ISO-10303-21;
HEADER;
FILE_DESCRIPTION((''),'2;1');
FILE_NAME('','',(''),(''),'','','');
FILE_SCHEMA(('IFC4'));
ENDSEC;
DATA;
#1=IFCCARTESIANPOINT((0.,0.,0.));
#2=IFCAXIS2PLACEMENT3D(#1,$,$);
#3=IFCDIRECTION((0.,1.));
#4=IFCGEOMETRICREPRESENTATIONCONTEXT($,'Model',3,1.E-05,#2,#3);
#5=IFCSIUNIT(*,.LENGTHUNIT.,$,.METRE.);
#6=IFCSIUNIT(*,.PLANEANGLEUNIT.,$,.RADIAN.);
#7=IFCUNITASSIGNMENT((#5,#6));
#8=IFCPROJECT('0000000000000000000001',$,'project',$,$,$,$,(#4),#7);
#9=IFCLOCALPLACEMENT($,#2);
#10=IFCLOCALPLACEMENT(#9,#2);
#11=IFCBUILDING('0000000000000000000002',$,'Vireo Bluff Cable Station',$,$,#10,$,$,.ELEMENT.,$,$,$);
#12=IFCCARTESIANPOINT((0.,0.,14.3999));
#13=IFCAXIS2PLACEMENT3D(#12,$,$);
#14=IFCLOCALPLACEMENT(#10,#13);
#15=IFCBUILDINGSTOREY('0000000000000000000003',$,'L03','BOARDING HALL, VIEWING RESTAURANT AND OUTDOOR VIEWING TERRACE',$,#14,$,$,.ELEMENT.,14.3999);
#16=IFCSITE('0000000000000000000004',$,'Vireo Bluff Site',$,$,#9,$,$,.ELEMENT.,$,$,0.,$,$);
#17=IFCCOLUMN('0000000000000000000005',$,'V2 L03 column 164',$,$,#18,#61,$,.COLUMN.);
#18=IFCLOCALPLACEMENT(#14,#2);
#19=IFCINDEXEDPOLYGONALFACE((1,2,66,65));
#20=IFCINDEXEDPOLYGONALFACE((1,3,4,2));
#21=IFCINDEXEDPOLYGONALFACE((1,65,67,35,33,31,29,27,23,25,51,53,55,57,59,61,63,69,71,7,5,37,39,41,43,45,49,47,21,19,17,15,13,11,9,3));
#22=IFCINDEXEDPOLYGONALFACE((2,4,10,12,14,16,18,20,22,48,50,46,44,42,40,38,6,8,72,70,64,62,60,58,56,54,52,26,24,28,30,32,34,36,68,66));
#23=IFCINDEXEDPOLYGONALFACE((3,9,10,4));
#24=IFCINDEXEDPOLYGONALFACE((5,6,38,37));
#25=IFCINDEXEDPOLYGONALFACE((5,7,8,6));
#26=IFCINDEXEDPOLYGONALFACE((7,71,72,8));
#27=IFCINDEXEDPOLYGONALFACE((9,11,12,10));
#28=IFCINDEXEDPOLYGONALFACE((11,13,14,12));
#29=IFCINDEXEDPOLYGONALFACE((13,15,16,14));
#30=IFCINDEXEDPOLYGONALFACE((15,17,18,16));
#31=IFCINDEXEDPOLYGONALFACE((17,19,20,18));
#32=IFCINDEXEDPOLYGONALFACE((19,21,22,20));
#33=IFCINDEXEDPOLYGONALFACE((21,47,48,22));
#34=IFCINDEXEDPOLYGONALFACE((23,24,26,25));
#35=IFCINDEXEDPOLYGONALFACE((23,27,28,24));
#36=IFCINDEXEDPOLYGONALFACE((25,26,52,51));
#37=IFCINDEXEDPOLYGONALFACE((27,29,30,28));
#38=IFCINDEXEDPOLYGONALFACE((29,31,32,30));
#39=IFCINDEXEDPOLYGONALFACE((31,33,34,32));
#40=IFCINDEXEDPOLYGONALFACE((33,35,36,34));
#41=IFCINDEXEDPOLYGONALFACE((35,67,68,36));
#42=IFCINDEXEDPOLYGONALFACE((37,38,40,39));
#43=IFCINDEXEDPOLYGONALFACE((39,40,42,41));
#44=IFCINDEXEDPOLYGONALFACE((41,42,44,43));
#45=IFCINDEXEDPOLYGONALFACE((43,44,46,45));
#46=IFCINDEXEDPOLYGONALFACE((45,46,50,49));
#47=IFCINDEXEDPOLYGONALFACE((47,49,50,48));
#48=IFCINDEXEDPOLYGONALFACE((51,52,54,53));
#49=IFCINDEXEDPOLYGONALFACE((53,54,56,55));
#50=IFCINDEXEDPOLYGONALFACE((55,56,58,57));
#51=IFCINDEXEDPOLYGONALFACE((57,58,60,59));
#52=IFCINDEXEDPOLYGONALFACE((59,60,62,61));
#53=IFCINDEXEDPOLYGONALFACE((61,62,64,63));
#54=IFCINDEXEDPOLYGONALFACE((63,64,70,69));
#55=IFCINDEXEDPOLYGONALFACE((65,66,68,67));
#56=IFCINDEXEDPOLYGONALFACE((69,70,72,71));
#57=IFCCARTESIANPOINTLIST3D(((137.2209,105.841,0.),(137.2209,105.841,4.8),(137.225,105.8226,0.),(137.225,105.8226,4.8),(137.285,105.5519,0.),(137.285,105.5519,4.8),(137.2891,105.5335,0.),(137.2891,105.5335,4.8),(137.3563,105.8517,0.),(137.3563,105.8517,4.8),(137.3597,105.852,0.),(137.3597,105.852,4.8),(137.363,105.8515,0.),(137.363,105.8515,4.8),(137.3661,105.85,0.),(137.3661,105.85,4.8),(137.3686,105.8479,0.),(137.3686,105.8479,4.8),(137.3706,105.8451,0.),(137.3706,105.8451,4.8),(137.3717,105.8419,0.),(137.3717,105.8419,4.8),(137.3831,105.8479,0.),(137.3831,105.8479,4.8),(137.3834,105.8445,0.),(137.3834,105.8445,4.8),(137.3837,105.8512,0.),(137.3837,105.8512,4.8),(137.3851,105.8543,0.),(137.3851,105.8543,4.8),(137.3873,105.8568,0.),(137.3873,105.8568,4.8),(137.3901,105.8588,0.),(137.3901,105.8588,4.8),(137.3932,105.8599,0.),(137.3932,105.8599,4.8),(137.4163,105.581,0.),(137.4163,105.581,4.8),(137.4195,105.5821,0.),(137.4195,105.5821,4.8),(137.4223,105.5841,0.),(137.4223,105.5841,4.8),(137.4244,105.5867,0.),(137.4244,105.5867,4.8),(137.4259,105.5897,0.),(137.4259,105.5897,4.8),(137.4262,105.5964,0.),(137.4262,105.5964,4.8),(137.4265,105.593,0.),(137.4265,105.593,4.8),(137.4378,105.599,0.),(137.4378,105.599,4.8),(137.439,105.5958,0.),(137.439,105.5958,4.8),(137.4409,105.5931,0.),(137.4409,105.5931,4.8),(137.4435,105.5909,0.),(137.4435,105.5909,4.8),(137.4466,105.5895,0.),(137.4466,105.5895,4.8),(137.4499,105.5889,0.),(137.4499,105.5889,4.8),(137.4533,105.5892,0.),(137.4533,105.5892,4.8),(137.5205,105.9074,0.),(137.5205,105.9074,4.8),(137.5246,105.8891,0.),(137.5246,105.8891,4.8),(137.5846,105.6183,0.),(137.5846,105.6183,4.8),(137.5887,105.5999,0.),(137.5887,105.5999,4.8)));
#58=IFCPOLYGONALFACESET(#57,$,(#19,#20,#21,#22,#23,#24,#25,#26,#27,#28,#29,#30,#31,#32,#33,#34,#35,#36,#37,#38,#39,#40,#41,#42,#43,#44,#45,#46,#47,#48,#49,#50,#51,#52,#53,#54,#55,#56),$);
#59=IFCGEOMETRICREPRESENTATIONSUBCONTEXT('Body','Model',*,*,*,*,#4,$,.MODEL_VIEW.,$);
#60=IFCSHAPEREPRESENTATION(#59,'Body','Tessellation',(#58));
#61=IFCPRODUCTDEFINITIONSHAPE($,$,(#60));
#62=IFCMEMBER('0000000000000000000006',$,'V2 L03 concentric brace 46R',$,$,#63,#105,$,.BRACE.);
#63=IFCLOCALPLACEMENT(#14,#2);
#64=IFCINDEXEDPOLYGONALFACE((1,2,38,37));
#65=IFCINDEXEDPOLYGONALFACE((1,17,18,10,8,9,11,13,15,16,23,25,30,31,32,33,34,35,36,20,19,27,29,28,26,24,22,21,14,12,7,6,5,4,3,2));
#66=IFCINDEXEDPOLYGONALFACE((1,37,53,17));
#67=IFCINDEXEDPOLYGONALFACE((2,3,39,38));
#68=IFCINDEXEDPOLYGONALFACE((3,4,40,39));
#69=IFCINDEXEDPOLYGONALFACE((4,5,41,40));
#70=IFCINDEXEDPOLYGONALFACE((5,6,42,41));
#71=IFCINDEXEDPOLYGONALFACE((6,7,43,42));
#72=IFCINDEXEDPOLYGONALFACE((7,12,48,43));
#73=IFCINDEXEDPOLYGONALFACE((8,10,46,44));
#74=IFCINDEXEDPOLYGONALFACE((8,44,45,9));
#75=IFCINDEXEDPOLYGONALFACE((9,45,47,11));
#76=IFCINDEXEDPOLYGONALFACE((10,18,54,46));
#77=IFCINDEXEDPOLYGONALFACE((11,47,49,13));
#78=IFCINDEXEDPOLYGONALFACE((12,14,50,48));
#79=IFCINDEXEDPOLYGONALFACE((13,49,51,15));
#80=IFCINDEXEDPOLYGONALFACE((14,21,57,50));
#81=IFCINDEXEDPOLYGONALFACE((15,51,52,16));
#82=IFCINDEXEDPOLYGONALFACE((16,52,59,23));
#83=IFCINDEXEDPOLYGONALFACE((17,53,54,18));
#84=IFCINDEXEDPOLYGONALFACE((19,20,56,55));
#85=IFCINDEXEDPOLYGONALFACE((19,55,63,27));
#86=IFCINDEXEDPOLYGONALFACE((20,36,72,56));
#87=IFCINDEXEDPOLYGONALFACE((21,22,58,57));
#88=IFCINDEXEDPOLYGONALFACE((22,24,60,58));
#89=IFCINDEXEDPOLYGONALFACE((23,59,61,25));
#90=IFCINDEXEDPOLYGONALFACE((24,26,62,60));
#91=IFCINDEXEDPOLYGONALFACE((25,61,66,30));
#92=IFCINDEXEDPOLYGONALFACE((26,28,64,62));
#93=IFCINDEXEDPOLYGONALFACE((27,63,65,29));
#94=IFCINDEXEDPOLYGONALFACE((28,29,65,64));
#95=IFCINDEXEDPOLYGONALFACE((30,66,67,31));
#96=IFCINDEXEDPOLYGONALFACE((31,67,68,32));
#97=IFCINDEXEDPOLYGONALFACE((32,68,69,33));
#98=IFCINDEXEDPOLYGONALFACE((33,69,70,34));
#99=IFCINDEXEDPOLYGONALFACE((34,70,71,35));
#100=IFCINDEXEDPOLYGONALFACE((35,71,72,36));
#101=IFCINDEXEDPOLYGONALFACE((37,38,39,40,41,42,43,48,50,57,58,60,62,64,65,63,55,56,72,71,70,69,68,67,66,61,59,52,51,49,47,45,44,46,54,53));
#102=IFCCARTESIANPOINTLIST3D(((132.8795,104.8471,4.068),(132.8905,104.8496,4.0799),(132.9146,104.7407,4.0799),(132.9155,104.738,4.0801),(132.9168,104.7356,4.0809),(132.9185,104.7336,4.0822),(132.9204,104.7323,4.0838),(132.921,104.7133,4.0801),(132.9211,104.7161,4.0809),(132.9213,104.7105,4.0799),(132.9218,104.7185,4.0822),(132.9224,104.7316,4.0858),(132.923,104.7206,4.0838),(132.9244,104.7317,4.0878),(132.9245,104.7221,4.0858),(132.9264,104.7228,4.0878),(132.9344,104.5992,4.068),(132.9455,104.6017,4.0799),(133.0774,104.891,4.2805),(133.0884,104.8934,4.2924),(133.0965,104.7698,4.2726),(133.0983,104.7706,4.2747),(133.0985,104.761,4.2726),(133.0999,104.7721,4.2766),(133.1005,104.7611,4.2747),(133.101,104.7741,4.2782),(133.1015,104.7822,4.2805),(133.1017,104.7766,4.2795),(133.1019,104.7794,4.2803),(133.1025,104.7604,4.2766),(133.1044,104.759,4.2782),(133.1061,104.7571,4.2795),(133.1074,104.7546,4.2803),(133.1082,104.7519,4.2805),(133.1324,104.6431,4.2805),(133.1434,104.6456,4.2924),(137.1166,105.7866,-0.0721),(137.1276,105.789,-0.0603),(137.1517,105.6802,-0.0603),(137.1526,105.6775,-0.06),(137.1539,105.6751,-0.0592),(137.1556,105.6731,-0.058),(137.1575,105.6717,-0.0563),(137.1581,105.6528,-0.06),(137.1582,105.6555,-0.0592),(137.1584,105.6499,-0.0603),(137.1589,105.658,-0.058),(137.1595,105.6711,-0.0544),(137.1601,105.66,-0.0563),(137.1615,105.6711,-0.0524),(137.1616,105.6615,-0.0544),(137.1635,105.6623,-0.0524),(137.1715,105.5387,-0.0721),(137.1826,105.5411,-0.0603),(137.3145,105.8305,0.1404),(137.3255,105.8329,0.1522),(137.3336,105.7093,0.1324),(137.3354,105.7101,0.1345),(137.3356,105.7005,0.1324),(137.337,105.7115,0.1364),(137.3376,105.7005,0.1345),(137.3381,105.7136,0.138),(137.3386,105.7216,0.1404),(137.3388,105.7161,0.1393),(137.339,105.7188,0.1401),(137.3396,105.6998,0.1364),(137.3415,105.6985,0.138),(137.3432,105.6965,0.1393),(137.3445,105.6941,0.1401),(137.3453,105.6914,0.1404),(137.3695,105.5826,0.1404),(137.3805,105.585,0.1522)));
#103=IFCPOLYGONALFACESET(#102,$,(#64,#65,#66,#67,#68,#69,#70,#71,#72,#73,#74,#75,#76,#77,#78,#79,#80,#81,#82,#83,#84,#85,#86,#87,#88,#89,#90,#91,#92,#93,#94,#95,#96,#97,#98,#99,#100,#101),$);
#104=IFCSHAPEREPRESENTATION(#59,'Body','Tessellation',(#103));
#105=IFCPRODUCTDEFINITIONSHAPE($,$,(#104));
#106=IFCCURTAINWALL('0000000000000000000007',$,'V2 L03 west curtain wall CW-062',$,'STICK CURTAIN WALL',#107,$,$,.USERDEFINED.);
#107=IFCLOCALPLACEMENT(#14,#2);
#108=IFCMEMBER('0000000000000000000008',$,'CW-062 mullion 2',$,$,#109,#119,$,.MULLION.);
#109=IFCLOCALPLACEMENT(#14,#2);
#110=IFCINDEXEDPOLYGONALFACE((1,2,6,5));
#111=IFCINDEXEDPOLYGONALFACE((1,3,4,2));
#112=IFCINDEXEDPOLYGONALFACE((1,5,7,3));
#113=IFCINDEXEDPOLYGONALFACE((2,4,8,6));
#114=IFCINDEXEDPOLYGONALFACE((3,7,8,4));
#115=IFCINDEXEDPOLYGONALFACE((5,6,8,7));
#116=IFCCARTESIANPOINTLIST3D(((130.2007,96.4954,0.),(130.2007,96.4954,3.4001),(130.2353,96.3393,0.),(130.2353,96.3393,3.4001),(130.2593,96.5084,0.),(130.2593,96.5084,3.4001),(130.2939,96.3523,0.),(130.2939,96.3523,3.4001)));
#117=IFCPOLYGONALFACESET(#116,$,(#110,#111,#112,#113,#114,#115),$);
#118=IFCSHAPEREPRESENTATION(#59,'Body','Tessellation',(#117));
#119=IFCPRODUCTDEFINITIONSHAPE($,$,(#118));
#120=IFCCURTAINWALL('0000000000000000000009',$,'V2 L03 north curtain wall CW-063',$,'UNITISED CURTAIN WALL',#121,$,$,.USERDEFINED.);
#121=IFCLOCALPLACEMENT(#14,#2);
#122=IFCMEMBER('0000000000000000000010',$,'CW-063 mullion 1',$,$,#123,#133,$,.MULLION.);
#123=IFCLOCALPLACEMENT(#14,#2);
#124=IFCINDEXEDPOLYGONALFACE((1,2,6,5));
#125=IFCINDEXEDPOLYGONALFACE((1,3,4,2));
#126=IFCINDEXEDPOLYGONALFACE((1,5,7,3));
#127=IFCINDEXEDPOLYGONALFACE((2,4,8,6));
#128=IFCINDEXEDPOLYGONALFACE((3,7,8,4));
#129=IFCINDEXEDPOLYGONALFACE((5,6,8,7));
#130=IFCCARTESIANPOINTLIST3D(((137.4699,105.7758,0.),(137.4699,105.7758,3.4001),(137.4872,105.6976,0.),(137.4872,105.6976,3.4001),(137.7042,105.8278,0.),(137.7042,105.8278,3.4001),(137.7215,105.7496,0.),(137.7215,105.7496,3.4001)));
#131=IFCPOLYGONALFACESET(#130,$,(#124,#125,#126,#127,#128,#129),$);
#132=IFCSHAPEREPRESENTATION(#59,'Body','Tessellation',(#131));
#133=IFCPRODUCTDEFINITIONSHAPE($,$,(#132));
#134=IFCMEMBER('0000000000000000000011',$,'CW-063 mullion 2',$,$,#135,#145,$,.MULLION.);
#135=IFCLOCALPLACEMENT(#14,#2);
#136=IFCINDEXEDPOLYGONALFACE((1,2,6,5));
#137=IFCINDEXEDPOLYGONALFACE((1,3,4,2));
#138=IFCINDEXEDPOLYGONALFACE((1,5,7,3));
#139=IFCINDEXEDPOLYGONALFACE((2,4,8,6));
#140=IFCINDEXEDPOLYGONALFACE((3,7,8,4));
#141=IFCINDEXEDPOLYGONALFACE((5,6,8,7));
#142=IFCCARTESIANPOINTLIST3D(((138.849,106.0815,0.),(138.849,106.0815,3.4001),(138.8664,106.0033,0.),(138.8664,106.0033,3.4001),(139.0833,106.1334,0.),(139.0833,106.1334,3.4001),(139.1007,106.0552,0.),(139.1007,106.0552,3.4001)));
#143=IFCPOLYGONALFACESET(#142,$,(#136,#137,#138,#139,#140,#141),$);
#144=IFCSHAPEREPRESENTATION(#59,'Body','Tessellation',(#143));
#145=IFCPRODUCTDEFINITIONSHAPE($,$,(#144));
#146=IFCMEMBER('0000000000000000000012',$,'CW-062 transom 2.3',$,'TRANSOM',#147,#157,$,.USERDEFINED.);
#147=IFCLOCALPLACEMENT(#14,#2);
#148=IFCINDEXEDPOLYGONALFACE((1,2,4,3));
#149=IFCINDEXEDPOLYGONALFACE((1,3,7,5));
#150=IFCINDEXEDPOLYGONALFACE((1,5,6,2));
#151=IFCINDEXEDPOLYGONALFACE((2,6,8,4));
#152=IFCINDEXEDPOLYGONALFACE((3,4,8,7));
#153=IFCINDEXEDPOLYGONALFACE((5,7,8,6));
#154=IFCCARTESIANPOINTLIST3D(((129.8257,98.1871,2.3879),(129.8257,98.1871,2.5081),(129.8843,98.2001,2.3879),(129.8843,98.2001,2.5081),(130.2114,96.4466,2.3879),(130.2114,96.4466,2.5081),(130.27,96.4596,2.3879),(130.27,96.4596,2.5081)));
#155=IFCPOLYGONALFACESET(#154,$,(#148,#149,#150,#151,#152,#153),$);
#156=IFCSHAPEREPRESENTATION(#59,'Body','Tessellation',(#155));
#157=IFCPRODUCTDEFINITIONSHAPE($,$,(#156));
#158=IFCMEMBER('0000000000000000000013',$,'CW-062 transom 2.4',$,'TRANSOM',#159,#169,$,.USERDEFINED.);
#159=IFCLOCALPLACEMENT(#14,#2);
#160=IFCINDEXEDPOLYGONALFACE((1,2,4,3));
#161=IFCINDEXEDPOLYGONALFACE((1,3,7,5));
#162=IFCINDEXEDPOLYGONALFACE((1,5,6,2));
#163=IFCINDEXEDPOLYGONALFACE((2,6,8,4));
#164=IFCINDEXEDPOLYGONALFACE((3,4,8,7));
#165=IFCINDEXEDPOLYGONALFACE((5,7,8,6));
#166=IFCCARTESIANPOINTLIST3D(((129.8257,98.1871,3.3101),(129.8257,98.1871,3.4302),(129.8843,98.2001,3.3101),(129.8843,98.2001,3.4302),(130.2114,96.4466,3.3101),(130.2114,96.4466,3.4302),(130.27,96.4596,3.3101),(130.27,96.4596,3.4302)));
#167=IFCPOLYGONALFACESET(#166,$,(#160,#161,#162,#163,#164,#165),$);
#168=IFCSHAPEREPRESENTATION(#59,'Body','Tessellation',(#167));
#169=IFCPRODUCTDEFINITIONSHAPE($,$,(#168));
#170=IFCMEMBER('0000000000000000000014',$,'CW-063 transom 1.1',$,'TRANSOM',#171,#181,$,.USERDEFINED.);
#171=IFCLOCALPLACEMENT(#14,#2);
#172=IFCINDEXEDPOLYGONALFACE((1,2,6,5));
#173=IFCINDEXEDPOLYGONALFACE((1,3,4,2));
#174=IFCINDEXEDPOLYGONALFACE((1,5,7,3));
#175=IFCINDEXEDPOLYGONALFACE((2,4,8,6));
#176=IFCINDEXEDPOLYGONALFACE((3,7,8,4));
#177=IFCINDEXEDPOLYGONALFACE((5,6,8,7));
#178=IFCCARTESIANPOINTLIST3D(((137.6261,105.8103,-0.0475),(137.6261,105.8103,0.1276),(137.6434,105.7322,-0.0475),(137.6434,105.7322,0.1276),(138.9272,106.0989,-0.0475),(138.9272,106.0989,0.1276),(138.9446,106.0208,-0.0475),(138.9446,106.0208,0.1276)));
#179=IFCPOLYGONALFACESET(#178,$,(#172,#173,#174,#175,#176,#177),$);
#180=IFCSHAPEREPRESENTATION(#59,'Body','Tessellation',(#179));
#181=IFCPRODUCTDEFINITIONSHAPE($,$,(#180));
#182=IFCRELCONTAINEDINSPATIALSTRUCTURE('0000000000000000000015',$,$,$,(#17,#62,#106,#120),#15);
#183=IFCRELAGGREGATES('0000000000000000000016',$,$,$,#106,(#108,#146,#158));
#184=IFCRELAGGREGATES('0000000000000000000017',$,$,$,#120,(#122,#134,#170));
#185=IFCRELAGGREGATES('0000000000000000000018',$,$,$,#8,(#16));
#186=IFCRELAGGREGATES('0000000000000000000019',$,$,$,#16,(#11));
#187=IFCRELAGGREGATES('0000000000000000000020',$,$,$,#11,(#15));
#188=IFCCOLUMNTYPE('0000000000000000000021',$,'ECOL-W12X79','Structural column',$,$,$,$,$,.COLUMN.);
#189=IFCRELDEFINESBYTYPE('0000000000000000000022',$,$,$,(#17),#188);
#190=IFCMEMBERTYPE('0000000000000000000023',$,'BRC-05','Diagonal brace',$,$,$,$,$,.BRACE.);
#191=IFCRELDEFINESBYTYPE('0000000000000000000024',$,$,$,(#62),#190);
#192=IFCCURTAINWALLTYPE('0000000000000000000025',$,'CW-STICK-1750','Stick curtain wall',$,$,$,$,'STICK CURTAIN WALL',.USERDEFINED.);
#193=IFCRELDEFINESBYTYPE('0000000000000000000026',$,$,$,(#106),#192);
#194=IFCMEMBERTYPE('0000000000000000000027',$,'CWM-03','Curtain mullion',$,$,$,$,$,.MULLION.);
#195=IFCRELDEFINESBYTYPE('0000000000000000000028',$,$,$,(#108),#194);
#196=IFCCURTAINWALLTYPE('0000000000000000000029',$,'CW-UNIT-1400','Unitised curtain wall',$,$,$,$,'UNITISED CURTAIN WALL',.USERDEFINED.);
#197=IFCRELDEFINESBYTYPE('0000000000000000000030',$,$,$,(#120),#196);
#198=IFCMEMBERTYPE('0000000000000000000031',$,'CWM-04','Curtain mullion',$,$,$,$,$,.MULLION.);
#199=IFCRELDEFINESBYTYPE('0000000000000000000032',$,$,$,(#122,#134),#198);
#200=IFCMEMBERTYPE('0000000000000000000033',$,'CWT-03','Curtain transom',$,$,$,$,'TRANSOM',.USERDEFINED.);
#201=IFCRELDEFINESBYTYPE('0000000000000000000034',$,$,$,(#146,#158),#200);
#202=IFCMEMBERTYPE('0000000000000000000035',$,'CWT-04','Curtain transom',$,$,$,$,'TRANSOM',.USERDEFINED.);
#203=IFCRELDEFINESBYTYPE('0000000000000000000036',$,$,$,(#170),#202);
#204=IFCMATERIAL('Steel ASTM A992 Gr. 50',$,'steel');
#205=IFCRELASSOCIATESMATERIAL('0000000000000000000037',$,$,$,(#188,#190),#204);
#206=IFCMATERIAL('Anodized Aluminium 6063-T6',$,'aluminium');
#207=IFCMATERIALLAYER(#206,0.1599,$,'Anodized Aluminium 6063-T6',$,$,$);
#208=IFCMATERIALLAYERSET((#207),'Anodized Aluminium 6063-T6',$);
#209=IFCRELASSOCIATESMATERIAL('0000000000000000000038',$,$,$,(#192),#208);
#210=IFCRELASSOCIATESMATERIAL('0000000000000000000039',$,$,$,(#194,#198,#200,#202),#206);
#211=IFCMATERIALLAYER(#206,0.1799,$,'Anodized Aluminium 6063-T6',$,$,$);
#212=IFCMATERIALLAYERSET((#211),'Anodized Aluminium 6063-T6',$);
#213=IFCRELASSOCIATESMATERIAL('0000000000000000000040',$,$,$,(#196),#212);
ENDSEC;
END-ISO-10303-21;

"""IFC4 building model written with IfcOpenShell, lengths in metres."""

from ifc_helpers import new_model, si_unit, direction, frame, origin, origin_2d, place, context, subcontext, project, spatial, rectangle, i_section, extrude, material, layer, layer_set, material_profile, profile_set, type_object, element, aggregate, save


model = new_model("IFC4")

# Units and contexts
model_context = context("Model", 3, precision=1e-05, world=origin(), true_north=direction((0.0, 1.0)))
body_context = subcontext(model_context, "Body", "Model", "MODEL_VIEW")
ifc_project = project(units=[si_unit("LENGTHUNIT", "METRE"), si_unit("PLANEANGLEUNIT", "RADIAN")], contexts=[model_context])

# Site, building, storey
site_placement = place(None, origin())
site = spatial("IfcSite", under=ifc_project, at=site_placement, Name="Vireo Bluff Site", CompositionType="ELEMENT", RefElevation=0.0)
building_placement = place(site_placement, origin())
building = spatial("IfcBuilding", under=site, at=building_placement, Name="Vireo Bluff Cable Station", CompositionType="ELEMENT")
storey_placement = place(building_placement, frame((0.0, 0.0, 14.3999)))
storey = spatial("IfcBuildingStorey", under=building, at=storey_placement, Name="L03", Description="BOARDING HALL, VIEWING RESTAURANT AND OUTDOOR VIEWING TERRACE", CompositionType="ELEMENT", Elevation=14.3999)

# Column
ifc_material_1 = material(Name="Steel ASTM A992 Gr. 50", Category="steel")
ifc_material_profile_1 = material_profile(ifc_material_1, i_section(OverallWidth=0.3069, OverallDepth=0.3149, WebThickness=0.012, FlangeThickness=0.0188, FilletRadius=0.0129, at=origin_2d()), Name="W12X79")
ifc_profile_set_1 = profile_set([ifc_material_profile_1], Name="Steel ASTM A992 Gr. 50")
column_type = type_object("IfcColumnType", Name="ECOL-W12X79", Description="Structural column", PredefinedType="COLUMN", material=ifc_profile_set_1)
column_placement = place(storey_placement, frame((137.4048, 105.7205, 0.0), z_axis=(0.0, 0.0, 1.0), x_axis=(0.976296, 0.21644, 0.0)))
element("IfcColumn", 1, at=column_placement, inside=storey, type_object=column_type, Name="V2 L03 column 164", PredefinedType="COLUMN", context=body_context, shape_type="SweptSolid", body=[
    extrude(i_section(OverallWidth=0.3069, OverallDepth=0.3149, WebThickness=0.012, FlangeThickness=0.0188, FilletRadius=0.0129, at=origin_2d()), origin(), (0.0, 0.0, 1.0), 4.8),
])

# Member
ifc_material_profile_2 = material_profile(ifc_material_1, i_section(OverallWidth=0.2539, OverallDepth=0.3101, WebThickness=0.009, FlangeThickness=0.0164, FilletRadius=0.011, at=origin_2d()), Name="W12X58")
ifc_profile_set_2 = profile_set([ifc_material_profile_2], Name="Steel ASTM A992 Gr. 50")
member_type_1 = type_object("IfcMemberType", Name="BRC-05", Description="Diagonal brace", PredefinedType="BRACE", material=ifc_profile_set_2)
member_1_placement = place(storey_placement, frame((137.2485, 105.6858, 0.04), z_axis=(-0.706412, -0.156628, 0.690253), x_axis=(0.216466, -0.97629, 0.0)))
element("IfcMember", 2, at=member_1_placement, inside=storey, type_object=member_type_1, Name="V2 L03 concentric brace 46R", PredefinedType="BRACE", context=body_context, shape_type="SweptSolid", body=[
    extrude(i_section(OverallWidth=0.2539, OverallDepth=0.3101, WebThickness=0.009, FlangeThickness=0.0164, FilletRadius=0.011, at=origin_2d()), origin(), (0.0, 0.0, 1.0), 5.998),
])

# Curtain wall, member
ifc_material_2 = material(Name="Anodized Aluminium 6063-T6", Category="aluminium")
ifc_layer_1 = layer(ifc_material_2, 0.1599, Name="Anodized Aluminium 6063-T6")
ifc_layer_set_1 = layer_set([ifc_layer_1], Name="Anodized Aluminium 6063-T6")
curtain_wall_type_1 = type_object("IfcCurtainWallType", Name="CW-STICK-1750", Description="Stick curtain wall", ElementType="STICK CURTAIN WALL", PredefinedType="USERDEFINED", material=ifc_layer_set_1)
curtain_wall_1_placement = place(storey_placement, origin())
curtain_wall_1 = element("IfcCurtainWall", 3, at=curtain_wall_1_placement, inside=storey, type_object=curtain_wall_type_1, Name="V2 L03 west curtain wall CW-062", ObjectType="STICK CURTAIN WALL", PredefinedType="USERDEFINED")
ifc_material_profile_3 = material_profile(ifc_material_2, rectangle(XDim=0.0601, YDim=0.1599, at=origin_2d()), Name="ALU-M-60X160")
ifc_profile_set_3 = profile_set([ifc_material_profile_3], Name="Anodized Aluminium 6063-T6")
member_type_2 = type_object("IfcMemberType", Name="CWM-03", Description="Curtain mullion", PredefinedType="MULLION", material=ifc_profile_set_3)
member_2_placement = place(storey_placement, frame((130.2473, 96.4238, 0.0), z_axis=(0.0, 0.0, 1.0), x_axis=(-0.976296, -0.21644, 0.0)))
member_2 = element("IfcMember", 4, at=member_2_placement, type_object=member_type_2, Name="CW-062 mullion 2", PredefinedType="MULLION", context=body_context, shape_type="SweptSolid", body=[
    extrude(rectangle(XDim=0.0601, YDim=0.1599, at=origin_2d()), origin(), (0.0, 0.0, 1.0), 3.4001),
])

# Curtain wall, members
ifc_layer_2 = layer(ifc_material_2, 0.1799, Name="Anodized Aluminium 6063-T6")
ifc_layer_set_2 = layer_set([ifc_layer_2], Name="Anodized Aluminium 6063-T6")
curtain_wall_type_2 = type_object("IfcCurtainWallType", Name="CW-UNIT-1400", Description="Unitised curtain wall", ElementType="UNITISED CURTAIN WALL", PredefinedType="USERDEFINED", material=ifc_layer_set_2)
curtain_wall_2_placement = place(storey_placement, origin())
curtain_wall_2 = element("IfcCurtainWall", 5, at=curtain_wall_2_placement, inside=storey, type_object=curtain_wall_type_2, Name="V2 L03 north curtain wall CW-063", ObjectType="UNITISED CURTAIN WALL", PredefinedType="USERDEFINED")
ifc_material_profile_4 = material_profile(ifc_material_2, rectangle(XDim=0.0801, YDim=0.24, at=origin_2d()), Name="ALU-M-80X240")
ifc_profile_set_4 = profile_set([ifc_material_profile_4], Name="Anodized Aluminium 6063-T6")
member_type_3 = type_object("IfcMemberType", Name="CWM-04", Description="Curtain mullion", PredefinedType="MULLION", material=ifc_profile_set_4)
member_3_placement = place(storey_placement, frame((137.5957, 105.7627, 0.0), z_axis=(0.0, 0.0, 1.0), x_axis=(-0.21644, 0.976296, 0.0)))
member_3 = element("IfcMember", 6, at=member_3_placement, type_object=member_type_3, Name="CW-063 mullion 1", PredefinedType="MULLION", context=body_context, shape_type="SweptSolid", body=[
    extrude(rectangle(XDim=0.0801, YDim=0.24, at=origin_2d()), origin(), (0.0, 0.0, 1.0), 3.4001),
])
member_4_placement = place(storey_placement, frame((138.9749, 106.0684, 0.0), z_axis=(0.0, 0.0, 1.0), x_axis=(-0.21644, 0.976296, 0.0)))
member_4 = element("IfcMember", 7, at=member_4_placement, type_object=member_type_3, Name="CW-063 mullion 2", PredefinedType="MULLION", context=body_context, shape_type="SweptSolid", body=[
    extrude(rectangle(XDim=0.0801, YDim=0.24, at=origin_2d()), origin(), (0.0, 0.0, 1.0), 3.4001),
])

# Members
ifc_material_profile_5 = material_profile(ifc_material_2, rectangle(XDim=0.0601, YDim=0.1201, at=origin_2d()), Name="ALU-T-60X120")
ifc_profile_set_5 = profile_set([ifc_material_profile_5], Name="Anodized Aluminium 6063-T6")
member_type_4 = type_object("IfcMemberType", Name="CWT-03", Description="Curtain transom", ElementType="TRANSOM", PredefinedType="USERDEFINED", material=ifc_profile_set_5)
member_5_placement = place(storey_placement, frame((130.2407, 96.4531, 2.448), z_axis=(-0.216379, 0.976309, 0.0), x_axis=(-0.976309, -0.216379, 0.0)))
member_5 = element("IfcMember", 8, at=member_5_placement, type_object=member_type_4, Name="CW-062 transom 2.3", ObjectType="TRANSOM", PredefinedType="USERDEFINED", context=body_context, shape_type="SweptSolid", body=[
    extrude(rectangle(XDim=0.0601, YDim=0.1201, at=origin_2d()), origin(), (0.0, 0.0, 1.0), 1.7827),
])
member_6_placement = place(storey_placement, frame((130.2407, 96.4531, 3.3701), z_axis=(-0.216379, 0.976309, 0.0), x_axis=(-0.976309, -0.216379, 0.0)))
member_6 = element("IfcMember", 9, at=member_6_placement, type_object=member_type_4, Name="CW-062 transom 2.4", ObjectType="TRANSOM", PredefinedType="USERDEFINED", context=body_context, shape_type="SweptSolid", body=[
    extrude(rectangle(XDim=0.0601, YDim=0.1201, at=origin_2d()), origin(), (0.0, 0.0, 1.0), 1.7827),
])
aggregate(curtain_wall_1, [member_2, member_5, member_6])
ifc_material_profile_6 = material_profile(ifc_material_2, rectangle(XDim=0.0801, YDim=0.175, at=origin_2d()), Name="ALU-T-80X175")
ifc_profile_set_6 = profile_set([ifc_material_profile_6], Name="Anodized Aluminium 6063-T6")
member_type_5 = type_object("IfcMemberType", Name="CWT-04", Description="Curtain transom", ElementType="TRANSOM", PredefinedType="USERDEFINED", material=ifc_profile_set_6)
member_7_placement = place(storey_placement, frame((137.6348, 105.7712, 0.04), z_axis=(0.976273, 0.216542, 0.0), x_axis=(-0.216542, 0.976273, 0.0)))
member_7 = element("IfcMember", 10, at=member_7_placement, type_object=member_type_5, Name="CW-063 transom 1.1", ObjectType="TRANSOM", PredefinedType="USERDEFINED", context=body_context, shape_type="SweptSolid", body=[
    extrude(rectangle(XDim=0.0801, YDim=0.175, at=origin_2d()), origin(), (0.0, 0.0, 1.0), 1.3328),
])

aggregate(curtain_wall_2, [member_3, member_4, member_7])

save(model, "model.ifc")
